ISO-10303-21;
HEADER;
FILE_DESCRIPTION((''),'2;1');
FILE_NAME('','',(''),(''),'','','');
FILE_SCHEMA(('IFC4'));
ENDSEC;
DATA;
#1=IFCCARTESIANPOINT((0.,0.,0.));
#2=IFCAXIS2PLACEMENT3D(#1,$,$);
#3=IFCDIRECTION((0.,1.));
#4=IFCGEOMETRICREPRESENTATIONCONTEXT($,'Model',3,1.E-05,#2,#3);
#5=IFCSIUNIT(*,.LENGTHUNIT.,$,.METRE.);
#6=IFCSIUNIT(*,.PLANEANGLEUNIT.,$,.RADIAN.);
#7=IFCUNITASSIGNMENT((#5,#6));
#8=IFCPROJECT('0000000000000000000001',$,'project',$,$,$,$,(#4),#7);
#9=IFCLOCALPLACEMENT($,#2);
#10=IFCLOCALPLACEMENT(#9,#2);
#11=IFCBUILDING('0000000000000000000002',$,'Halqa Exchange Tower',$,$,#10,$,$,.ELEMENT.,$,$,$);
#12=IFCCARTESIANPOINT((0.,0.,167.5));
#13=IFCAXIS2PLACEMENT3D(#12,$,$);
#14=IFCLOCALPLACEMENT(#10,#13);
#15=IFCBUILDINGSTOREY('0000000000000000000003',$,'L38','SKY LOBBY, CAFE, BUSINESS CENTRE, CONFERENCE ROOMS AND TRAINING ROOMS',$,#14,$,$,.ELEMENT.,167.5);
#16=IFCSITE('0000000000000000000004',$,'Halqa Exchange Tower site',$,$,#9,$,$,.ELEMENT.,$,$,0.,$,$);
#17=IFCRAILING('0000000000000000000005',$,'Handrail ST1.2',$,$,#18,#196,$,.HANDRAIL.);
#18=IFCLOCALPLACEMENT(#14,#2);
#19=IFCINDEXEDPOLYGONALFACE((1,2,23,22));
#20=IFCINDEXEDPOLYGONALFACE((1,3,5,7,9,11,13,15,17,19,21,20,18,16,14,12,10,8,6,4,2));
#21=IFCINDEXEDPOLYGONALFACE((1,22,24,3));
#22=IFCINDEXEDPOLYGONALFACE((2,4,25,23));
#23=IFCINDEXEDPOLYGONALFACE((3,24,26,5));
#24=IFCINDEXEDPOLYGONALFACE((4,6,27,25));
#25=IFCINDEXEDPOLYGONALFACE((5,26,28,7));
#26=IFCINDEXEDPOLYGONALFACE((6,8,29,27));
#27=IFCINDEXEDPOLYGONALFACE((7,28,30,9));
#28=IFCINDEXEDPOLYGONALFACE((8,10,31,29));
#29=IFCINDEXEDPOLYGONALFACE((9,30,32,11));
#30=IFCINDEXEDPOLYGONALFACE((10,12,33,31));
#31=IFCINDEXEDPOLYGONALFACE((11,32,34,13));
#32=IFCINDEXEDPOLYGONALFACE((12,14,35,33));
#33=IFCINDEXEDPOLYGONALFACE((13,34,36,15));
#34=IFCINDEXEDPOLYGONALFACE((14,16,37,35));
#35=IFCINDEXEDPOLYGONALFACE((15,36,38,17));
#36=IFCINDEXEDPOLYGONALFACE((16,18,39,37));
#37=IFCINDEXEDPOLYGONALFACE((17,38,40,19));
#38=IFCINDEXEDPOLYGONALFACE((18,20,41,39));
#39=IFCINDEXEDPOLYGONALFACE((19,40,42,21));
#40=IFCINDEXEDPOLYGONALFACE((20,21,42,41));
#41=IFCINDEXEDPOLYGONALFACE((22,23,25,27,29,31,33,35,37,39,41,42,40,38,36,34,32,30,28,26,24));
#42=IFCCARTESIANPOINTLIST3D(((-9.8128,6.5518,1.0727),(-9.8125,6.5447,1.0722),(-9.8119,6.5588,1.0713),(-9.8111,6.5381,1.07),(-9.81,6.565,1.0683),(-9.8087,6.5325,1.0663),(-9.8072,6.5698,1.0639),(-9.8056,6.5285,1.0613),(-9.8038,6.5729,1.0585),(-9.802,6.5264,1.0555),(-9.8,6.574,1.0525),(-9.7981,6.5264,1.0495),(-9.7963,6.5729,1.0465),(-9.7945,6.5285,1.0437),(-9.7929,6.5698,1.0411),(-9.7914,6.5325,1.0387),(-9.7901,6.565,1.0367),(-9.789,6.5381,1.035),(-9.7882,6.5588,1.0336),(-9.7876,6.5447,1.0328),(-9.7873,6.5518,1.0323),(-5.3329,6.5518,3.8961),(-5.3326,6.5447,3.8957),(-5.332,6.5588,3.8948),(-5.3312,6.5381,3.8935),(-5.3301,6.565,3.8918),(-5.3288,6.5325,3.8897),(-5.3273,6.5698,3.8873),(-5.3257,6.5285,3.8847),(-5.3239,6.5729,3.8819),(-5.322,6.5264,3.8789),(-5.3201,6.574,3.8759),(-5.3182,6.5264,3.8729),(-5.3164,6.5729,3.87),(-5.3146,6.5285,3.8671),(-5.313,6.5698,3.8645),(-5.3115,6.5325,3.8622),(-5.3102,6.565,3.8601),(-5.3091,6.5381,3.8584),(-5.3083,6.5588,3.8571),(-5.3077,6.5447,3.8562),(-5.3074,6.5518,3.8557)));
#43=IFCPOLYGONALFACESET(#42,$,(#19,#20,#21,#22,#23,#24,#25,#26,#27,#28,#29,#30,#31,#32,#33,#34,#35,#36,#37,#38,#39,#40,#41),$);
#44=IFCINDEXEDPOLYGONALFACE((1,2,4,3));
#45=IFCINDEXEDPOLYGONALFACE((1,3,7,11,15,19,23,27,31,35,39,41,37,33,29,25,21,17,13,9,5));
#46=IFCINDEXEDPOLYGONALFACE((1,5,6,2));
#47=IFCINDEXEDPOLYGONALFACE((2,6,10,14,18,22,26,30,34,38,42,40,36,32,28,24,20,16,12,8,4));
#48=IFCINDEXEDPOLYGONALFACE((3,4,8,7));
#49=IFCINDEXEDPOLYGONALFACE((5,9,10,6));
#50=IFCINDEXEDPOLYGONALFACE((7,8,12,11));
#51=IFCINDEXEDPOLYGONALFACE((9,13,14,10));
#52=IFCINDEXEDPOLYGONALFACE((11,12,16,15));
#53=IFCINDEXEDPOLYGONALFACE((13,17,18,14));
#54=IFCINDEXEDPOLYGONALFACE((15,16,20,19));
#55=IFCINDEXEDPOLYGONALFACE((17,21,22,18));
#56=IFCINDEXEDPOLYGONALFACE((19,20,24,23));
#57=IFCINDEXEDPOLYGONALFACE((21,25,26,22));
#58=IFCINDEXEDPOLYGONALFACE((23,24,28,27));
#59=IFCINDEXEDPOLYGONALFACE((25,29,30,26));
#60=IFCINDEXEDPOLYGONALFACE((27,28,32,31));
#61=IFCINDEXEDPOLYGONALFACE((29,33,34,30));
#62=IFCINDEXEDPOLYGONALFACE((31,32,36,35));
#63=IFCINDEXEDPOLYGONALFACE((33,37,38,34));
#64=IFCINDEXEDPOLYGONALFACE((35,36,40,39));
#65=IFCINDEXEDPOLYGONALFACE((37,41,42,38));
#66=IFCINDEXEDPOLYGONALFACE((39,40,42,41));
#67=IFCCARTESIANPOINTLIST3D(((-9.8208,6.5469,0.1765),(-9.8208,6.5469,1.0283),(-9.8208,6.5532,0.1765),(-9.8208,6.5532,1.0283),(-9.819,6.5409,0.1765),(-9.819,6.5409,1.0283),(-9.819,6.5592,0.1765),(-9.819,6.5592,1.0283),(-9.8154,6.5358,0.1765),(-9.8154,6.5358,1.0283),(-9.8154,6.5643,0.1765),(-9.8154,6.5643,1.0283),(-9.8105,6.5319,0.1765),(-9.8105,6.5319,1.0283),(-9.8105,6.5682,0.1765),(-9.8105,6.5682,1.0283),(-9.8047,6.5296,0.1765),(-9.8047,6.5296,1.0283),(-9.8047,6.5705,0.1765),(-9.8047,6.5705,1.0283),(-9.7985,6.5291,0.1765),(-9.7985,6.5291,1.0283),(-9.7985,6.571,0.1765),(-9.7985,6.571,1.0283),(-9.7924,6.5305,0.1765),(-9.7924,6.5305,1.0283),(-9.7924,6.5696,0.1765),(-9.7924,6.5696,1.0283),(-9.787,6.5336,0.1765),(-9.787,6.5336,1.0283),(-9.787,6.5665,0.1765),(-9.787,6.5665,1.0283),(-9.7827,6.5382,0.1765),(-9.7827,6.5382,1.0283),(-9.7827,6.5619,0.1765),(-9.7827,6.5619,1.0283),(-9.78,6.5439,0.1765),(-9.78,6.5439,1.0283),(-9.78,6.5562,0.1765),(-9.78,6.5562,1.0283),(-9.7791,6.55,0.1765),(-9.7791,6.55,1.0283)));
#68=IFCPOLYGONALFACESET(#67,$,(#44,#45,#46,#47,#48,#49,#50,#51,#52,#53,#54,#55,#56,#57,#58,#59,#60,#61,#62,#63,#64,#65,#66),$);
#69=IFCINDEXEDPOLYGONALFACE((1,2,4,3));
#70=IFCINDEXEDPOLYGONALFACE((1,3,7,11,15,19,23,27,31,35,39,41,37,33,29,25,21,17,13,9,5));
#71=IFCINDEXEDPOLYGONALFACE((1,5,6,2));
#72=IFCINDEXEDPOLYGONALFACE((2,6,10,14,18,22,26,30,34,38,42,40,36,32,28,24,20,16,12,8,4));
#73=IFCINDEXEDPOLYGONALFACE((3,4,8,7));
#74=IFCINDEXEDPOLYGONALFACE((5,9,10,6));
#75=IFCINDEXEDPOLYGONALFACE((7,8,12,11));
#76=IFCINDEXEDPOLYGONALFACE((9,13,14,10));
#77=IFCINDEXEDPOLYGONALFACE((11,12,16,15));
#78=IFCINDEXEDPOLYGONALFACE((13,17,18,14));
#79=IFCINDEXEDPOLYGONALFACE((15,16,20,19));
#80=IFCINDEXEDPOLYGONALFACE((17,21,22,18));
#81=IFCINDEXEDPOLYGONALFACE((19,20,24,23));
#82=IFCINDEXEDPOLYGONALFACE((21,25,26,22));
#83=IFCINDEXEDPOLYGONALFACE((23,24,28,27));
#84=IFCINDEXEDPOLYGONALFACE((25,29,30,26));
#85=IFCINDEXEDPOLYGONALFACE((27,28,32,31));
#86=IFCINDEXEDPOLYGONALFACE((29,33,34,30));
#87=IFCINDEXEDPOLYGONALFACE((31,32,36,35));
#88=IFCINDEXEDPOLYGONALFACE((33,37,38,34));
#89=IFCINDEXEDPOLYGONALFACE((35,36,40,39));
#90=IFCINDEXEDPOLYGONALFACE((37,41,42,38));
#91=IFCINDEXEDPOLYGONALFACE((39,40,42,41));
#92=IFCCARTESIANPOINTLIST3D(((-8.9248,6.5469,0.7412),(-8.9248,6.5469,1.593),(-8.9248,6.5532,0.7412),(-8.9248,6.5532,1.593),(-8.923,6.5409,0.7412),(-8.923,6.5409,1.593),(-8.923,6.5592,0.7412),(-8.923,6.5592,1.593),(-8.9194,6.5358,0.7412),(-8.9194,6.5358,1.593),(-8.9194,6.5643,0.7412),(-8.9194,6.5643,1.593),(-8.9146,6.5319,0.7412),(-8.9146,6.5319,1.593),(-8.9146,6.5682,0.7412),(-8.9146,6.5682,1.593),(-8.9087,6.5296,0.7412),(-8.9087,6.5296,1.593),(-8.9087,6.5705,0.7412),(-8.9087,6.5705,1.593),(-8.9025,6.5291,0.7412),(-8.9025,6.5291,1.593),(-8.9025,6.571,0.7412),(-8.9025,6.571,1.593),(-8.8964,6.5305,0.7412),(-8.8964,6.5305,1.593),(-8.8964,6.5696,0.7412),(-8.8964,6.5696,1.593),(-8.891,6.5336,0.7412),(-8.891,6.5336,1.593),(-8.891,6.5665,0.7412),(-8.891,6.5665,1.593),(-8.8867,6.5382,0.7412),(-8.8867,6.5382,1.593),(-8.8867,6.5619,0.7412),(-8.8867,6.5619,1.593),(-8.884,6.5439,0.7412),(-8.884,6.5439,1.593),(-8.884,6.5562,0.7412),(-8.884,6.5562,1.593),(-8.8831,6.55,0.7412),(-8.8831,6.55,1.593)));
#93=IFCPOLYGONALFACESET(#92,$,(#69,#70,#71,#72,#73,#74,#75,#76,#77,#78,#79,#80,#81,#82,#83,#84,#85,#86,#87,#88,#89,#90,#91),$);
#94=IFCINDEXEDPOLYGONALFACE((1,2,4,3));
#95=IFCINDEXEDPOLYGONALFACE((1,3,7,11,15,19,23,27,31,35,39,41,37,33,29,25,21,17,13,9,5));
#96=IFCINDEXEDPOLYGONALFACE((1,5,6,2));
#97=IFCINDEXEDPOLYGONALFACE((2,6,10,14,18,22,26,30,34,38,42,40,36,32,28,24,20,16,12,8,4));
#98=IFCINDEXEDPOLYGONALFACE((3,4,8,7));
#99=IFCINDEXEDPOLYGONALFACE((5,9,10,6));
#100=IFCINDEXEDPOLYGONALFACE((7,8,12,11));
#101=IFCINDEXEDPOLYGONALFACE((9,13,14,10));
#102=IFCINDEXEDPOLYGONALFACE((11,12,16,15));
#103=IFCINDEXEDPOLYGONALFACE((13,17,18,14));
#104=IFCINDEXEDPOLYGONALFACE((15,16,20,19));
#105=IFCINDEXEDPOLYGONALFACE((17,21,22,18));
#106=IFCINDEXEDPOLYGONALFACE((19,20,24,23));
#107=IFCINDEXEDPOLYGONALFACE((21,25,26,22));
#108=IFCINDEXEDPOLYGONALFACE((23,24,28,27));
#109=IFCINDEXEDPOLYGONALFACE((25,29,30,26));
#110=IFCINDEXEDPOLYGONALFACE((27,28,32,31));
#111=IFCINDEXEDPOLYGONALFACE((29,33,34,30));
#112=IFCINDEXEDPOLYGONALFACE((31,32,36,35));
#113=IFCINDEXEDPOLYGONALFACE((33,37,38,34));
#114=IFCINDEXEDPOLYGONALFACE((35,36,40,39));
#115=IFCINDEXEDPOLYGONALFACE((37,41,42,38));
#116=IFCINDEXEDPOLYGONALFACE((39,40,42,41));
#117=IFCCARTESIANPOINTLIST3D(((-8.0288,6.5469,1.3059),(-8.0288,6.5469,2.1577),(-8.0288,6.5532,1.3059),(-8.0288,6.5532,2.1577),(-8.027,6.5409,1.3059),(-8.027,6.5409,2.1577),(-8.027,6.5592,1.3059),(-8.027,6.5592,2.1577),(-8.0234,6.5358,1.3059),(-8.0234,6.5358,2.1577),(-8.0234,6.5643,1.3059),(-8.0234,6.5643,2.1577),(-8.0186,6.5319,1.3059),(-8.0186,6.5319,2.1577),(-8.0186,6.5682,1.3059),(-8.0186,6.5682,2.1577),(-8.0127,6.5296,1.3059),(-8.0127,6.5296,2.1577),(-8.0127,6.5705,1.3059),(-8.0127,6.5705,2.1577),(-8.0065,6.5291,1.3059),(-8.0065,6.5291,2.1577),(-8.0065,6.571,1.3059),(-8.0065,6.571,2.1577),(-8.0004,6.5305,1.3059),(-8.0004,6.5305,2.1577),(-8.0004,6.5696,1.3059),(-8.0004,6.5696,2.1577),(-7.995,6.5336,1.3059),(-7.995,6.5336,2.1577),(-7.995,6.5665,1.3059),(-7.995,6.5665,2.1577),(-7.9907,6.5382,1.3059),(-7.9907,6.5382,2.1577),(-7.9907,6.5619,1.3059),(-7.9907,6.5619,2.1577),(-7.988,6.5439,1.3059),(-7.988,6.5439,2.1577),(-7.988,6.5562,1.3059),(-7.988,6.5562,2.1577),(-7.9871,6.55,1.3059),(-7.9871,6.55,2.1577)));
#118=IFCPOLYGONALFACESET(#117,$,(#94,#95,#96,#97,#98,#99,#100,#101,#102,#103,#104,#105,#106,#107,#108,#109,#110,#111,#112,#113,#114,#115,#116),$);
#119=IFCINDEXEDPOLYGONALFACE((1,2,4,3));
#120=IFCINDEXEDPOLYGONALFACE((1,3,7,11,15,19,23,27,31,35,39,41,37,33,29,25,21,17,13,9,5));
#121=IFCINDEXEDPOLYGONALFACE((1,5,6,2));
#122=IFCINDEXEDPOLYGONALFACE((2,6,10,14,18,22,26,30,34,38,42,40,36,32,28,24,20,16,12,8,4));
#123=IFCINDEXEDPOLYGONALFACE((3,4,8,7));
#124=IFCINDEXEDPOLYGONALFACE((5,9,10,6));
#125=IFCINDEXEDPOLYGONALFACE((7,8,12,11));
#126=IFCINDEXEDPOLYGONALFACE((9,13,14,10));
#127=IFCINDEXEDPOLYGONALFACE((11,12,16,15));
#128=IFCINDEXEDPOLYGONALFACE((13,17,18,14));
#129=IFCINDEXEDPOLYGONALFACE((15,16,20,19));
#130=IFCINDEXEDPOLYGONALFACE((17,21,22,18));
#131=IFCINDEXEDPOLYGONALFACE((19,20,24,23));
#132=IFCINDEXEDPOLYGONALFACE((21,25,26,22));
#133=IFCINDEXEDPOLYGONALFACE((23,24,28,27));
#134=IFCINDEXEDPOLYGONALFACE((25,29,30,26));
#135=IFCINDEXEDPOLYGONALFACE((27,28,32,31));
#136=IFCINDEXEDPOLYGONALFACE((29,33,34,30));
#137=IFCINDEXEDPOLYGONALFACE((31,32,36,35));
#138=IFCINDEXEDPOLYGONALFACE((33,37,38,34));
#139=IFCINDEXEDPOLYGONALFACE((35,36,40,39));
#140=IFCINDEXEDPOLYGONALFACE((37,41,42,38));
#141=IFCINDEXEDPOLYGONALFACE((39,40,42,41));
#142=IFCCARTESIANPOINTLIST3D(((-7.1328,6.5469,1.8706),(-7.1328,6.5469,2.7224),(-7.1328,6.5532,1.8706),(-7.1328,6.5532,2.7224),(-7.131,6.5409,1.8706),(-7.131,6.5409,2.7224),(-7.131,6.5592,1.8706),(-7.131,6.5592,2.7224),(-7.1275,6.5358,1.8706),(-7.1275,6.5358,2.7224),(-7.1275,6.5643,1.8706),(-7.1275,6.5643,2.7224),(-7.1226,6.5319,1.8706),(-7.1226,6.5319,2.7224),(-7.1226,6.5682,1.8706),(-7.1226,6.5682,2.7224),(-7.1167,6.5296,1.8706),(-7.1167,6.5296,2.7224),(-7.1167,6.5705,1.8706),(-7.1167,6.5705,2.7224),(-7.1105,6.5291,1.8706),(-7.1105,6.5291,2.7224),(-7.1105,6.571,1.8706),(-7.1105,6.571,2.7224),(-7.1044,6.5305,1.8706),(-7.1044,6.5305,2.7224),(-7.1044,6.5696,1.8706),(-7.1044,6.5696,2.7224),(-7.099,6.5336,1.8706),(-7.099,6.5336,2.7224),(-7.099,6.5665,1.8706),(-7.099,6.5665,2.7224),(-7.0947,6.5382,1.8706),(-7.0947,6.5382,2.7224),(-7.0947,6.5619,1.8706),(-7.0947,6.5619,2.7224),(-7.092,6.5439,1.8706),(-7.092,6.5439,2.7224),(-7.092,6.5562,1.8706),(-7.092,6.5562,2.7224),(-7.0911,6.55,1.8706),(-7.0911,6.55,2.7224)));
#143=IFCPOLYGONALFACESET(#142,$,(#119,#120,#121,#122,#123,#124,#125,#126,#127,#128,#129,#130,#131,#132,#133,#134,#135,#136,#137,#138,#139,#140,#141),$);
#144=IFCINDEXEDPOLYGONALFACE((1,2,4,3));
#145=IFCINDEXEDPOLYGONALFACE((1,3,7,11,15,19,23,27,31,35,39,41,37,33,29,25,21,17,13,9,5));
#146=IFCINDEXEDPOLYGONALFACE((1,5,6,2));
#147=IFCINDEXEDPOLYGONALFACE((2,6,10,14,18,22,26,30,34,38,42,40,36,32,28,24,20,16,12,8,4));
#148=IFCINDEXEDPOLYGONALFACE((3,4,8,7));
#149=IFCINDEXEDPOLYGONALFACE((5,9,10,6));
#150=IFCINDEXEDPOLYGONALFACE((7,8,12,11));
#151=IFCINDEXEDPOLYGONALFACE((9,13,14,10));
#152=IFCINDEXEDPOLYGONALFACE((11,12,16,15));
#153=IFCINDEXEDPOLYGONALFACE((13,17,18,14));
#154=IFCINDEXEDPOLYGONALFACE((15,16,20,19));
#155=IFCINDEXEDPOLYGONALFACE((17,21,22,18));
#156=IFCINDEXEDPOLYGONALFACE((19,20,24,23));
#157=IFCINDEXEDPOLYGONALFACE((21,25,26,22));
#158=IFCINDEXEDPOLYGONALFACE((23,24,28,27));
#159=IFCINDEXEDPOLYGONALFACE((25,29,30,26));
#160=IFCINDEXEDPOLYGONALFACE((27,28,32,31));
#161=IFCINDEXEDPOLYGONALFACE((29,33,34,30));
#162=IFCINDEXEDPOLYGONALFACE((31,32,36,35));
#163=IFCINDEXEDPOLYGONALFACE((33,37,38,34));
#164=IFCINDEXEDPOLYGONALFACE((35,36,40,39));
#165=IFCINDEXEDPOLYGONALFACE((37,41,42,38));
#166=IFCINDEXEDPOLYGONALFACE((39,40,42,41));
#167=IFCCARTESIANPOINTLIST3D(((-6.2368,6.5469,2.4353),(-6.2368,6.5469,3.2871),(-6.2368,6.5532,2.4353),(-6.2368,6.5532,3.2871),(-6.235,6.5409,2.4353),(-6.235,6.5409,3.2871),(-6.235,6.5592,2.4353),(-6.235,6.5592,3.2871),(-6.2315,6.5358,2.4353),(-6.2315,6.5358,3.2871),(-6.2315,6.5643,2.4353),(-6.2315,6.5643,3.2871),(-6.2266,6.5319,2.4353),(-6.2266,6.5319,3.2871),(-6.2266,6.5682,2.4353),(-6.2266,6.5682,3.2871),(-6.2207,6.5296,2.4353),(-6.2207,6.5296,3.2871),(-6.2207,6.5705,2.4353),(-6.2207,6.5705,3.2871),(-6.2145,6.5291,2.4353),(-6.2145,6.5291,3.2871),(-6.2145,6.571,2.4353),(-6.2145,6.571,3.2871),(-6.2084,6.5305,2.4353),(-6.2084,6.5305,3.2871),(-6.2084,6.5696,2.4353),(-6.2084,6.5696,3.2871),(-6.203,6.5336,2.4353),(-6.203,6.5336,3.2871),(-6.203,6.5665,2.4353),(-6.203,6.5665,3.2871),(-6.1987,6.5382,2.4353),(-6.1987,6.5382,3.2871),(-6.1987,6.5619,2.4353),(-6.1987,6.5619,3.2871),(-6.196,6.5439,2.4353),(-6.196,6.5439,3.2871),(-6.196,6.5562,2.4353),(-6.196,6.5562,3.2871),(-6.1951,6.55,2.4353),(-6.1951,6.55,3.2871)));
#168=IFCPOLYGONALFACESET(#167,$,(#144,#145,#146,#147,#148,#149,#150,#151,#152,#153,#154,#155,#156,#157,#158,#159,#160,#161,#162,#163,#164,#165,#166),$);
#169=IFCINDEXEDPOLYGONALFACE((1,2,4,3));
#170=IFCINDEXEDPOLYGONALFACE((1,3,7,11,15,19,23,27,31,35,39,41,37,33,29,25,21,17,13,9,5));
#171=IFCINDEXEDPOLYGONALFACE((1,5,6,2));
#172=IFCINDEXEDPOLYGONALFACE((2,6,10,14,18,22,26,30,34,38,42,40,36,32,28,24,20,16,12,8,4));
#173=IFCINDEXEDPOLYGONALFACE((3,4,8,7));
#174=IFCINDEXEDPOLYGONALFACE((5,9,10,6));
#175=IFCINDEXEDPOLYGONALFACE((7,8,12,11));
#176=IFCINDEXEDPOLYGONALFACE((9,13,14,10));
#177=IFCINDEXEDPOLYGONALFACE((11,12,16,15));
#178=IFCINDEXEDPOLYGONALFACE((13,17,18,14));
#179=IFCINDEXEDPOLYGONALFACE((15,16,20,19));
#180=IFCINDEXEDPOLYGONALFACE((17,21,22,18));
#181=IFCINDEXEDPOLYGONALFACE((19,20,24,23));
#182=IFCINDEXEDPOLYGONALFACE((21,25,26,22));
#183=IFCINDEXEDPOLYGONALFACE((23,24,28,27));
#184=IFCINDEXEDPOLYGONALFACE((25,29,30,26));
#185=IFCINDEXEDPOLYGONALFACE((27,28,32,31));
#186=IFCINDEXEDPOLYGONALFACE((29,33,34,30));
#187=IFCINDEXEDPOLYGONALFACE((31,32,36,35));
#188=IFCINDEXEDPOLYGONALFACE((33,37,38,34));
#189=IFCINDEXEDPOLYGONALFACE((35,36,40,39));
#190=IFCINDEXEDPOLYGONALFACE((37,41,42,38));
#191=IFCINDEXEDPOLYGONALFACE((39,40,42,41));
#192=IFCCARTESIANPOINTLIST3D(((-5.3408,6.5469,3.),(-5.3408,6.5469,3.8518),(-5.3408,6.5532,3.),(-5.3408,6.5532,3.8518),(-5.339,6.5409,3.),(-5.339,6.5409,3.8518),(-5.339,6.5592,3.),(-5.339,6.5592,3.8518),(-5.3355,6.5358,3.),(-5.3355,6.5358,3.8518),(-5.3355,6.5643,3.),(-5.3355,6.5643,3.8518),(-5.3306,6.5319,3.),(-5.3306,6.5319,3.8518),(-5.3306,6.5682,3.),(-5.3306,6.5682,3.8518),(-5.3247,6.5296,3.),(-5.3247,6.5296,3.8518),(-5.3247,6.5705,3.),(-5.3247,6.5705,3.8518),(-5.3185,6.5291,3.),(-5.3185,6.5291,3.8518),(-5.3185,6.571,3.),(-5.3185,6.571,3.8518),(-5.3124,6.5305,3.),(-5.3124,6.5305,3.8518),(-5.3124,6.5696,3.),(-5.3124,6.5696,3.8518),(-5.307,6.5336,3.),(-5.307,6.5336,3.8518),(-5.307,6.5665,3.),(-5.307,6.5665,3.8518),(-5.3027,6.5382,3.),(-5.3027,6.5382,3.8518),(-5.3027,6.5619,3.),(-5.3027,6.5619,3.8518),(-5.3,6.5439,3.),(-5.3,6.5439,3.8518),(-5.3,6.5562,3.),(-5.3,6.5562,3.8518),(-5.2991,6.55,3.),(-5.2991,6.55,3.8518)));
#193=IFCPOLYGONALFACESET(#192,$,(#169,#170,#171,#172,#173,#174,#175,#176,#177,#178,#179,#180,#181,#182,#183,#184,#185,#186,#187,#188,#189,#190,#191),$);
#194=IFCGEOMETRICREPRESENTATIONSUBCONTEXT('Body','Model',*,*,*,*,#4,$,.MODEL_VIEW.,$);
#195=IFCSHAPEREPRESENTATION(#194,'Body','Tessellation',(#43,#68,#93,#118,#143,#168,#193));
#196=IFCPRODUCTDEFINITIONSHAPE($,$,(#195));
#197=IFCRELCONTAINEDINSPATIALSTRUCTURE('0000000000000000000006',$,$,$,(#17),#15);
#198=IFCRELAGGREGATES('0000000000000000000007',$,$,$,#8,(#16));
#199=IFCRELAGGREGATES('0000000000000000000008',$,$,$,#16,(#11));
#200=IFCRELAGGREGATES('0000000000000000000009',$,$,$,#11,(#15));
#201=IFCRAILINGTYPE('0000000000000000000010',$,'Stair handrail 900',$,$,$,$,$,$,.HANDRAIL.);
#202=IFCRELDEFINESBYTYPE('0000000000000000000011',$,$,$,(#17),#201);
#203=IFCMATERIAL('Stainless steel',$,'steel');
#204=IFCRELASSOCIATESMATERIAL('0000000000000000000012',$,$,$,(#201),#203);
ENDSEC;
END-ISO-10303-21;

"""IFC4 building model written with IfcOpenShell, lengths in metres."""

from ifc_helpers import new_model, si_unit, direction, frame, origin, origin_2d, place, context, subcontext, project, spatial, circle, extrude, material, type_object, element, save


model = new_model("IFC4")

# Units and contexts
model_context = context("Model", 3, precision=1e-05, world=origin(), true_north=direction((0.0, 1.0)))
body_context = subcontext(model_context, "Body", "Model", "MODEL_VIEW")
ifc_project = project(units=[si_unit("LENGTHUNIT", "METRE"), si_unit("PLANEANGLEUNIT", "RADIAN")], contexts=[model_context])

# Site, building, storey
site_placement = place(None, origin())
site = spatial("IfcSite", under=ifc_project, at=site_placement, Name="Halqa Exchange Tower site", CompositionType="ELEMENT", RefElevation=0.0)
building_placement = place(site_placement, origin())
building = spatial("IfcBuilding", under=site, at=building_placement, Name="Halqa Exchange Tower", CompositionType="ELEMENT")
storey_placement = place(building_placement, frame((0.0, 0.0, 167.5)))
storey = spatial("IfcBuildingStorey", under=building, at=storey_placement, Name="L38", Description="SKY LOBBY, CAFE, BUSINESS CENTRE, CONFERENCE ROOMS AND TRAINING ROOMS", CompositionType="ELEMENT", Elevation=167.5)

# Railing
ifc_material_1 = material(Name="Stainless steel", Category="steel")
railing_type = type_object("IfcRailingType", Name="Stair handrail 900", PredefinedType="HANDRAIL", material=ifc_material_1)
railing_1_placement = place(storey_placement, frame((-9.8, 6.55, 0.1765)))
element("IfcRailing", 1, at=railing_1_placement, inside=storey, type_object=railing_type, Name="Handrail ST1.2", PredefinedType="HANDRAIL", context=body_context, shape_type="SweptSolid", body=[
    extrude(circle(Radius=0.0239, at=origin_2d()), frame((0.0, 0.0, 0.876), z_axis=(0.845998, 0.0, 0.533186), x_axis=(0.0, 1.0, 0.0)), (0.0, 0.0, 1.0), 5.2954),
    extrude(circle(Radius=0.021, at=origin_2d()), origin(), (0.0, 0.0, 1.0), 0.8518),
    extrude(circle(Radius=0.021, at=origin_2d()), frame((0.896, 0.0, 0.5647)), (0.0, 0.0, 1.0), 0.8518),
    extrude(circle(Radius=0.021, at=origin_2d()), frame((1.792, 0.0, 1.1294)), (0.0, 0.0, 1.0), 0.8518),
    extrude(circle(Radius=0.021, at=origin_2d()), frame((2.688, 0.0, 1.6941)), (0.0, 0.0, 1.0), 0.8518),
    extrude(circle(Radius=0.021, at=origin_2d()), frame((3.584, 0.0, 2.2588)), (0.0, 0.0, 1.0), 0.8518),
    extrude(circle(Radius=0.021, at=origin_2d()), frame((4.48, 0.0, 2.8235)), (0.0, 0.0, 1.0), 0.8518),
])

save(model, "model.ifc")
